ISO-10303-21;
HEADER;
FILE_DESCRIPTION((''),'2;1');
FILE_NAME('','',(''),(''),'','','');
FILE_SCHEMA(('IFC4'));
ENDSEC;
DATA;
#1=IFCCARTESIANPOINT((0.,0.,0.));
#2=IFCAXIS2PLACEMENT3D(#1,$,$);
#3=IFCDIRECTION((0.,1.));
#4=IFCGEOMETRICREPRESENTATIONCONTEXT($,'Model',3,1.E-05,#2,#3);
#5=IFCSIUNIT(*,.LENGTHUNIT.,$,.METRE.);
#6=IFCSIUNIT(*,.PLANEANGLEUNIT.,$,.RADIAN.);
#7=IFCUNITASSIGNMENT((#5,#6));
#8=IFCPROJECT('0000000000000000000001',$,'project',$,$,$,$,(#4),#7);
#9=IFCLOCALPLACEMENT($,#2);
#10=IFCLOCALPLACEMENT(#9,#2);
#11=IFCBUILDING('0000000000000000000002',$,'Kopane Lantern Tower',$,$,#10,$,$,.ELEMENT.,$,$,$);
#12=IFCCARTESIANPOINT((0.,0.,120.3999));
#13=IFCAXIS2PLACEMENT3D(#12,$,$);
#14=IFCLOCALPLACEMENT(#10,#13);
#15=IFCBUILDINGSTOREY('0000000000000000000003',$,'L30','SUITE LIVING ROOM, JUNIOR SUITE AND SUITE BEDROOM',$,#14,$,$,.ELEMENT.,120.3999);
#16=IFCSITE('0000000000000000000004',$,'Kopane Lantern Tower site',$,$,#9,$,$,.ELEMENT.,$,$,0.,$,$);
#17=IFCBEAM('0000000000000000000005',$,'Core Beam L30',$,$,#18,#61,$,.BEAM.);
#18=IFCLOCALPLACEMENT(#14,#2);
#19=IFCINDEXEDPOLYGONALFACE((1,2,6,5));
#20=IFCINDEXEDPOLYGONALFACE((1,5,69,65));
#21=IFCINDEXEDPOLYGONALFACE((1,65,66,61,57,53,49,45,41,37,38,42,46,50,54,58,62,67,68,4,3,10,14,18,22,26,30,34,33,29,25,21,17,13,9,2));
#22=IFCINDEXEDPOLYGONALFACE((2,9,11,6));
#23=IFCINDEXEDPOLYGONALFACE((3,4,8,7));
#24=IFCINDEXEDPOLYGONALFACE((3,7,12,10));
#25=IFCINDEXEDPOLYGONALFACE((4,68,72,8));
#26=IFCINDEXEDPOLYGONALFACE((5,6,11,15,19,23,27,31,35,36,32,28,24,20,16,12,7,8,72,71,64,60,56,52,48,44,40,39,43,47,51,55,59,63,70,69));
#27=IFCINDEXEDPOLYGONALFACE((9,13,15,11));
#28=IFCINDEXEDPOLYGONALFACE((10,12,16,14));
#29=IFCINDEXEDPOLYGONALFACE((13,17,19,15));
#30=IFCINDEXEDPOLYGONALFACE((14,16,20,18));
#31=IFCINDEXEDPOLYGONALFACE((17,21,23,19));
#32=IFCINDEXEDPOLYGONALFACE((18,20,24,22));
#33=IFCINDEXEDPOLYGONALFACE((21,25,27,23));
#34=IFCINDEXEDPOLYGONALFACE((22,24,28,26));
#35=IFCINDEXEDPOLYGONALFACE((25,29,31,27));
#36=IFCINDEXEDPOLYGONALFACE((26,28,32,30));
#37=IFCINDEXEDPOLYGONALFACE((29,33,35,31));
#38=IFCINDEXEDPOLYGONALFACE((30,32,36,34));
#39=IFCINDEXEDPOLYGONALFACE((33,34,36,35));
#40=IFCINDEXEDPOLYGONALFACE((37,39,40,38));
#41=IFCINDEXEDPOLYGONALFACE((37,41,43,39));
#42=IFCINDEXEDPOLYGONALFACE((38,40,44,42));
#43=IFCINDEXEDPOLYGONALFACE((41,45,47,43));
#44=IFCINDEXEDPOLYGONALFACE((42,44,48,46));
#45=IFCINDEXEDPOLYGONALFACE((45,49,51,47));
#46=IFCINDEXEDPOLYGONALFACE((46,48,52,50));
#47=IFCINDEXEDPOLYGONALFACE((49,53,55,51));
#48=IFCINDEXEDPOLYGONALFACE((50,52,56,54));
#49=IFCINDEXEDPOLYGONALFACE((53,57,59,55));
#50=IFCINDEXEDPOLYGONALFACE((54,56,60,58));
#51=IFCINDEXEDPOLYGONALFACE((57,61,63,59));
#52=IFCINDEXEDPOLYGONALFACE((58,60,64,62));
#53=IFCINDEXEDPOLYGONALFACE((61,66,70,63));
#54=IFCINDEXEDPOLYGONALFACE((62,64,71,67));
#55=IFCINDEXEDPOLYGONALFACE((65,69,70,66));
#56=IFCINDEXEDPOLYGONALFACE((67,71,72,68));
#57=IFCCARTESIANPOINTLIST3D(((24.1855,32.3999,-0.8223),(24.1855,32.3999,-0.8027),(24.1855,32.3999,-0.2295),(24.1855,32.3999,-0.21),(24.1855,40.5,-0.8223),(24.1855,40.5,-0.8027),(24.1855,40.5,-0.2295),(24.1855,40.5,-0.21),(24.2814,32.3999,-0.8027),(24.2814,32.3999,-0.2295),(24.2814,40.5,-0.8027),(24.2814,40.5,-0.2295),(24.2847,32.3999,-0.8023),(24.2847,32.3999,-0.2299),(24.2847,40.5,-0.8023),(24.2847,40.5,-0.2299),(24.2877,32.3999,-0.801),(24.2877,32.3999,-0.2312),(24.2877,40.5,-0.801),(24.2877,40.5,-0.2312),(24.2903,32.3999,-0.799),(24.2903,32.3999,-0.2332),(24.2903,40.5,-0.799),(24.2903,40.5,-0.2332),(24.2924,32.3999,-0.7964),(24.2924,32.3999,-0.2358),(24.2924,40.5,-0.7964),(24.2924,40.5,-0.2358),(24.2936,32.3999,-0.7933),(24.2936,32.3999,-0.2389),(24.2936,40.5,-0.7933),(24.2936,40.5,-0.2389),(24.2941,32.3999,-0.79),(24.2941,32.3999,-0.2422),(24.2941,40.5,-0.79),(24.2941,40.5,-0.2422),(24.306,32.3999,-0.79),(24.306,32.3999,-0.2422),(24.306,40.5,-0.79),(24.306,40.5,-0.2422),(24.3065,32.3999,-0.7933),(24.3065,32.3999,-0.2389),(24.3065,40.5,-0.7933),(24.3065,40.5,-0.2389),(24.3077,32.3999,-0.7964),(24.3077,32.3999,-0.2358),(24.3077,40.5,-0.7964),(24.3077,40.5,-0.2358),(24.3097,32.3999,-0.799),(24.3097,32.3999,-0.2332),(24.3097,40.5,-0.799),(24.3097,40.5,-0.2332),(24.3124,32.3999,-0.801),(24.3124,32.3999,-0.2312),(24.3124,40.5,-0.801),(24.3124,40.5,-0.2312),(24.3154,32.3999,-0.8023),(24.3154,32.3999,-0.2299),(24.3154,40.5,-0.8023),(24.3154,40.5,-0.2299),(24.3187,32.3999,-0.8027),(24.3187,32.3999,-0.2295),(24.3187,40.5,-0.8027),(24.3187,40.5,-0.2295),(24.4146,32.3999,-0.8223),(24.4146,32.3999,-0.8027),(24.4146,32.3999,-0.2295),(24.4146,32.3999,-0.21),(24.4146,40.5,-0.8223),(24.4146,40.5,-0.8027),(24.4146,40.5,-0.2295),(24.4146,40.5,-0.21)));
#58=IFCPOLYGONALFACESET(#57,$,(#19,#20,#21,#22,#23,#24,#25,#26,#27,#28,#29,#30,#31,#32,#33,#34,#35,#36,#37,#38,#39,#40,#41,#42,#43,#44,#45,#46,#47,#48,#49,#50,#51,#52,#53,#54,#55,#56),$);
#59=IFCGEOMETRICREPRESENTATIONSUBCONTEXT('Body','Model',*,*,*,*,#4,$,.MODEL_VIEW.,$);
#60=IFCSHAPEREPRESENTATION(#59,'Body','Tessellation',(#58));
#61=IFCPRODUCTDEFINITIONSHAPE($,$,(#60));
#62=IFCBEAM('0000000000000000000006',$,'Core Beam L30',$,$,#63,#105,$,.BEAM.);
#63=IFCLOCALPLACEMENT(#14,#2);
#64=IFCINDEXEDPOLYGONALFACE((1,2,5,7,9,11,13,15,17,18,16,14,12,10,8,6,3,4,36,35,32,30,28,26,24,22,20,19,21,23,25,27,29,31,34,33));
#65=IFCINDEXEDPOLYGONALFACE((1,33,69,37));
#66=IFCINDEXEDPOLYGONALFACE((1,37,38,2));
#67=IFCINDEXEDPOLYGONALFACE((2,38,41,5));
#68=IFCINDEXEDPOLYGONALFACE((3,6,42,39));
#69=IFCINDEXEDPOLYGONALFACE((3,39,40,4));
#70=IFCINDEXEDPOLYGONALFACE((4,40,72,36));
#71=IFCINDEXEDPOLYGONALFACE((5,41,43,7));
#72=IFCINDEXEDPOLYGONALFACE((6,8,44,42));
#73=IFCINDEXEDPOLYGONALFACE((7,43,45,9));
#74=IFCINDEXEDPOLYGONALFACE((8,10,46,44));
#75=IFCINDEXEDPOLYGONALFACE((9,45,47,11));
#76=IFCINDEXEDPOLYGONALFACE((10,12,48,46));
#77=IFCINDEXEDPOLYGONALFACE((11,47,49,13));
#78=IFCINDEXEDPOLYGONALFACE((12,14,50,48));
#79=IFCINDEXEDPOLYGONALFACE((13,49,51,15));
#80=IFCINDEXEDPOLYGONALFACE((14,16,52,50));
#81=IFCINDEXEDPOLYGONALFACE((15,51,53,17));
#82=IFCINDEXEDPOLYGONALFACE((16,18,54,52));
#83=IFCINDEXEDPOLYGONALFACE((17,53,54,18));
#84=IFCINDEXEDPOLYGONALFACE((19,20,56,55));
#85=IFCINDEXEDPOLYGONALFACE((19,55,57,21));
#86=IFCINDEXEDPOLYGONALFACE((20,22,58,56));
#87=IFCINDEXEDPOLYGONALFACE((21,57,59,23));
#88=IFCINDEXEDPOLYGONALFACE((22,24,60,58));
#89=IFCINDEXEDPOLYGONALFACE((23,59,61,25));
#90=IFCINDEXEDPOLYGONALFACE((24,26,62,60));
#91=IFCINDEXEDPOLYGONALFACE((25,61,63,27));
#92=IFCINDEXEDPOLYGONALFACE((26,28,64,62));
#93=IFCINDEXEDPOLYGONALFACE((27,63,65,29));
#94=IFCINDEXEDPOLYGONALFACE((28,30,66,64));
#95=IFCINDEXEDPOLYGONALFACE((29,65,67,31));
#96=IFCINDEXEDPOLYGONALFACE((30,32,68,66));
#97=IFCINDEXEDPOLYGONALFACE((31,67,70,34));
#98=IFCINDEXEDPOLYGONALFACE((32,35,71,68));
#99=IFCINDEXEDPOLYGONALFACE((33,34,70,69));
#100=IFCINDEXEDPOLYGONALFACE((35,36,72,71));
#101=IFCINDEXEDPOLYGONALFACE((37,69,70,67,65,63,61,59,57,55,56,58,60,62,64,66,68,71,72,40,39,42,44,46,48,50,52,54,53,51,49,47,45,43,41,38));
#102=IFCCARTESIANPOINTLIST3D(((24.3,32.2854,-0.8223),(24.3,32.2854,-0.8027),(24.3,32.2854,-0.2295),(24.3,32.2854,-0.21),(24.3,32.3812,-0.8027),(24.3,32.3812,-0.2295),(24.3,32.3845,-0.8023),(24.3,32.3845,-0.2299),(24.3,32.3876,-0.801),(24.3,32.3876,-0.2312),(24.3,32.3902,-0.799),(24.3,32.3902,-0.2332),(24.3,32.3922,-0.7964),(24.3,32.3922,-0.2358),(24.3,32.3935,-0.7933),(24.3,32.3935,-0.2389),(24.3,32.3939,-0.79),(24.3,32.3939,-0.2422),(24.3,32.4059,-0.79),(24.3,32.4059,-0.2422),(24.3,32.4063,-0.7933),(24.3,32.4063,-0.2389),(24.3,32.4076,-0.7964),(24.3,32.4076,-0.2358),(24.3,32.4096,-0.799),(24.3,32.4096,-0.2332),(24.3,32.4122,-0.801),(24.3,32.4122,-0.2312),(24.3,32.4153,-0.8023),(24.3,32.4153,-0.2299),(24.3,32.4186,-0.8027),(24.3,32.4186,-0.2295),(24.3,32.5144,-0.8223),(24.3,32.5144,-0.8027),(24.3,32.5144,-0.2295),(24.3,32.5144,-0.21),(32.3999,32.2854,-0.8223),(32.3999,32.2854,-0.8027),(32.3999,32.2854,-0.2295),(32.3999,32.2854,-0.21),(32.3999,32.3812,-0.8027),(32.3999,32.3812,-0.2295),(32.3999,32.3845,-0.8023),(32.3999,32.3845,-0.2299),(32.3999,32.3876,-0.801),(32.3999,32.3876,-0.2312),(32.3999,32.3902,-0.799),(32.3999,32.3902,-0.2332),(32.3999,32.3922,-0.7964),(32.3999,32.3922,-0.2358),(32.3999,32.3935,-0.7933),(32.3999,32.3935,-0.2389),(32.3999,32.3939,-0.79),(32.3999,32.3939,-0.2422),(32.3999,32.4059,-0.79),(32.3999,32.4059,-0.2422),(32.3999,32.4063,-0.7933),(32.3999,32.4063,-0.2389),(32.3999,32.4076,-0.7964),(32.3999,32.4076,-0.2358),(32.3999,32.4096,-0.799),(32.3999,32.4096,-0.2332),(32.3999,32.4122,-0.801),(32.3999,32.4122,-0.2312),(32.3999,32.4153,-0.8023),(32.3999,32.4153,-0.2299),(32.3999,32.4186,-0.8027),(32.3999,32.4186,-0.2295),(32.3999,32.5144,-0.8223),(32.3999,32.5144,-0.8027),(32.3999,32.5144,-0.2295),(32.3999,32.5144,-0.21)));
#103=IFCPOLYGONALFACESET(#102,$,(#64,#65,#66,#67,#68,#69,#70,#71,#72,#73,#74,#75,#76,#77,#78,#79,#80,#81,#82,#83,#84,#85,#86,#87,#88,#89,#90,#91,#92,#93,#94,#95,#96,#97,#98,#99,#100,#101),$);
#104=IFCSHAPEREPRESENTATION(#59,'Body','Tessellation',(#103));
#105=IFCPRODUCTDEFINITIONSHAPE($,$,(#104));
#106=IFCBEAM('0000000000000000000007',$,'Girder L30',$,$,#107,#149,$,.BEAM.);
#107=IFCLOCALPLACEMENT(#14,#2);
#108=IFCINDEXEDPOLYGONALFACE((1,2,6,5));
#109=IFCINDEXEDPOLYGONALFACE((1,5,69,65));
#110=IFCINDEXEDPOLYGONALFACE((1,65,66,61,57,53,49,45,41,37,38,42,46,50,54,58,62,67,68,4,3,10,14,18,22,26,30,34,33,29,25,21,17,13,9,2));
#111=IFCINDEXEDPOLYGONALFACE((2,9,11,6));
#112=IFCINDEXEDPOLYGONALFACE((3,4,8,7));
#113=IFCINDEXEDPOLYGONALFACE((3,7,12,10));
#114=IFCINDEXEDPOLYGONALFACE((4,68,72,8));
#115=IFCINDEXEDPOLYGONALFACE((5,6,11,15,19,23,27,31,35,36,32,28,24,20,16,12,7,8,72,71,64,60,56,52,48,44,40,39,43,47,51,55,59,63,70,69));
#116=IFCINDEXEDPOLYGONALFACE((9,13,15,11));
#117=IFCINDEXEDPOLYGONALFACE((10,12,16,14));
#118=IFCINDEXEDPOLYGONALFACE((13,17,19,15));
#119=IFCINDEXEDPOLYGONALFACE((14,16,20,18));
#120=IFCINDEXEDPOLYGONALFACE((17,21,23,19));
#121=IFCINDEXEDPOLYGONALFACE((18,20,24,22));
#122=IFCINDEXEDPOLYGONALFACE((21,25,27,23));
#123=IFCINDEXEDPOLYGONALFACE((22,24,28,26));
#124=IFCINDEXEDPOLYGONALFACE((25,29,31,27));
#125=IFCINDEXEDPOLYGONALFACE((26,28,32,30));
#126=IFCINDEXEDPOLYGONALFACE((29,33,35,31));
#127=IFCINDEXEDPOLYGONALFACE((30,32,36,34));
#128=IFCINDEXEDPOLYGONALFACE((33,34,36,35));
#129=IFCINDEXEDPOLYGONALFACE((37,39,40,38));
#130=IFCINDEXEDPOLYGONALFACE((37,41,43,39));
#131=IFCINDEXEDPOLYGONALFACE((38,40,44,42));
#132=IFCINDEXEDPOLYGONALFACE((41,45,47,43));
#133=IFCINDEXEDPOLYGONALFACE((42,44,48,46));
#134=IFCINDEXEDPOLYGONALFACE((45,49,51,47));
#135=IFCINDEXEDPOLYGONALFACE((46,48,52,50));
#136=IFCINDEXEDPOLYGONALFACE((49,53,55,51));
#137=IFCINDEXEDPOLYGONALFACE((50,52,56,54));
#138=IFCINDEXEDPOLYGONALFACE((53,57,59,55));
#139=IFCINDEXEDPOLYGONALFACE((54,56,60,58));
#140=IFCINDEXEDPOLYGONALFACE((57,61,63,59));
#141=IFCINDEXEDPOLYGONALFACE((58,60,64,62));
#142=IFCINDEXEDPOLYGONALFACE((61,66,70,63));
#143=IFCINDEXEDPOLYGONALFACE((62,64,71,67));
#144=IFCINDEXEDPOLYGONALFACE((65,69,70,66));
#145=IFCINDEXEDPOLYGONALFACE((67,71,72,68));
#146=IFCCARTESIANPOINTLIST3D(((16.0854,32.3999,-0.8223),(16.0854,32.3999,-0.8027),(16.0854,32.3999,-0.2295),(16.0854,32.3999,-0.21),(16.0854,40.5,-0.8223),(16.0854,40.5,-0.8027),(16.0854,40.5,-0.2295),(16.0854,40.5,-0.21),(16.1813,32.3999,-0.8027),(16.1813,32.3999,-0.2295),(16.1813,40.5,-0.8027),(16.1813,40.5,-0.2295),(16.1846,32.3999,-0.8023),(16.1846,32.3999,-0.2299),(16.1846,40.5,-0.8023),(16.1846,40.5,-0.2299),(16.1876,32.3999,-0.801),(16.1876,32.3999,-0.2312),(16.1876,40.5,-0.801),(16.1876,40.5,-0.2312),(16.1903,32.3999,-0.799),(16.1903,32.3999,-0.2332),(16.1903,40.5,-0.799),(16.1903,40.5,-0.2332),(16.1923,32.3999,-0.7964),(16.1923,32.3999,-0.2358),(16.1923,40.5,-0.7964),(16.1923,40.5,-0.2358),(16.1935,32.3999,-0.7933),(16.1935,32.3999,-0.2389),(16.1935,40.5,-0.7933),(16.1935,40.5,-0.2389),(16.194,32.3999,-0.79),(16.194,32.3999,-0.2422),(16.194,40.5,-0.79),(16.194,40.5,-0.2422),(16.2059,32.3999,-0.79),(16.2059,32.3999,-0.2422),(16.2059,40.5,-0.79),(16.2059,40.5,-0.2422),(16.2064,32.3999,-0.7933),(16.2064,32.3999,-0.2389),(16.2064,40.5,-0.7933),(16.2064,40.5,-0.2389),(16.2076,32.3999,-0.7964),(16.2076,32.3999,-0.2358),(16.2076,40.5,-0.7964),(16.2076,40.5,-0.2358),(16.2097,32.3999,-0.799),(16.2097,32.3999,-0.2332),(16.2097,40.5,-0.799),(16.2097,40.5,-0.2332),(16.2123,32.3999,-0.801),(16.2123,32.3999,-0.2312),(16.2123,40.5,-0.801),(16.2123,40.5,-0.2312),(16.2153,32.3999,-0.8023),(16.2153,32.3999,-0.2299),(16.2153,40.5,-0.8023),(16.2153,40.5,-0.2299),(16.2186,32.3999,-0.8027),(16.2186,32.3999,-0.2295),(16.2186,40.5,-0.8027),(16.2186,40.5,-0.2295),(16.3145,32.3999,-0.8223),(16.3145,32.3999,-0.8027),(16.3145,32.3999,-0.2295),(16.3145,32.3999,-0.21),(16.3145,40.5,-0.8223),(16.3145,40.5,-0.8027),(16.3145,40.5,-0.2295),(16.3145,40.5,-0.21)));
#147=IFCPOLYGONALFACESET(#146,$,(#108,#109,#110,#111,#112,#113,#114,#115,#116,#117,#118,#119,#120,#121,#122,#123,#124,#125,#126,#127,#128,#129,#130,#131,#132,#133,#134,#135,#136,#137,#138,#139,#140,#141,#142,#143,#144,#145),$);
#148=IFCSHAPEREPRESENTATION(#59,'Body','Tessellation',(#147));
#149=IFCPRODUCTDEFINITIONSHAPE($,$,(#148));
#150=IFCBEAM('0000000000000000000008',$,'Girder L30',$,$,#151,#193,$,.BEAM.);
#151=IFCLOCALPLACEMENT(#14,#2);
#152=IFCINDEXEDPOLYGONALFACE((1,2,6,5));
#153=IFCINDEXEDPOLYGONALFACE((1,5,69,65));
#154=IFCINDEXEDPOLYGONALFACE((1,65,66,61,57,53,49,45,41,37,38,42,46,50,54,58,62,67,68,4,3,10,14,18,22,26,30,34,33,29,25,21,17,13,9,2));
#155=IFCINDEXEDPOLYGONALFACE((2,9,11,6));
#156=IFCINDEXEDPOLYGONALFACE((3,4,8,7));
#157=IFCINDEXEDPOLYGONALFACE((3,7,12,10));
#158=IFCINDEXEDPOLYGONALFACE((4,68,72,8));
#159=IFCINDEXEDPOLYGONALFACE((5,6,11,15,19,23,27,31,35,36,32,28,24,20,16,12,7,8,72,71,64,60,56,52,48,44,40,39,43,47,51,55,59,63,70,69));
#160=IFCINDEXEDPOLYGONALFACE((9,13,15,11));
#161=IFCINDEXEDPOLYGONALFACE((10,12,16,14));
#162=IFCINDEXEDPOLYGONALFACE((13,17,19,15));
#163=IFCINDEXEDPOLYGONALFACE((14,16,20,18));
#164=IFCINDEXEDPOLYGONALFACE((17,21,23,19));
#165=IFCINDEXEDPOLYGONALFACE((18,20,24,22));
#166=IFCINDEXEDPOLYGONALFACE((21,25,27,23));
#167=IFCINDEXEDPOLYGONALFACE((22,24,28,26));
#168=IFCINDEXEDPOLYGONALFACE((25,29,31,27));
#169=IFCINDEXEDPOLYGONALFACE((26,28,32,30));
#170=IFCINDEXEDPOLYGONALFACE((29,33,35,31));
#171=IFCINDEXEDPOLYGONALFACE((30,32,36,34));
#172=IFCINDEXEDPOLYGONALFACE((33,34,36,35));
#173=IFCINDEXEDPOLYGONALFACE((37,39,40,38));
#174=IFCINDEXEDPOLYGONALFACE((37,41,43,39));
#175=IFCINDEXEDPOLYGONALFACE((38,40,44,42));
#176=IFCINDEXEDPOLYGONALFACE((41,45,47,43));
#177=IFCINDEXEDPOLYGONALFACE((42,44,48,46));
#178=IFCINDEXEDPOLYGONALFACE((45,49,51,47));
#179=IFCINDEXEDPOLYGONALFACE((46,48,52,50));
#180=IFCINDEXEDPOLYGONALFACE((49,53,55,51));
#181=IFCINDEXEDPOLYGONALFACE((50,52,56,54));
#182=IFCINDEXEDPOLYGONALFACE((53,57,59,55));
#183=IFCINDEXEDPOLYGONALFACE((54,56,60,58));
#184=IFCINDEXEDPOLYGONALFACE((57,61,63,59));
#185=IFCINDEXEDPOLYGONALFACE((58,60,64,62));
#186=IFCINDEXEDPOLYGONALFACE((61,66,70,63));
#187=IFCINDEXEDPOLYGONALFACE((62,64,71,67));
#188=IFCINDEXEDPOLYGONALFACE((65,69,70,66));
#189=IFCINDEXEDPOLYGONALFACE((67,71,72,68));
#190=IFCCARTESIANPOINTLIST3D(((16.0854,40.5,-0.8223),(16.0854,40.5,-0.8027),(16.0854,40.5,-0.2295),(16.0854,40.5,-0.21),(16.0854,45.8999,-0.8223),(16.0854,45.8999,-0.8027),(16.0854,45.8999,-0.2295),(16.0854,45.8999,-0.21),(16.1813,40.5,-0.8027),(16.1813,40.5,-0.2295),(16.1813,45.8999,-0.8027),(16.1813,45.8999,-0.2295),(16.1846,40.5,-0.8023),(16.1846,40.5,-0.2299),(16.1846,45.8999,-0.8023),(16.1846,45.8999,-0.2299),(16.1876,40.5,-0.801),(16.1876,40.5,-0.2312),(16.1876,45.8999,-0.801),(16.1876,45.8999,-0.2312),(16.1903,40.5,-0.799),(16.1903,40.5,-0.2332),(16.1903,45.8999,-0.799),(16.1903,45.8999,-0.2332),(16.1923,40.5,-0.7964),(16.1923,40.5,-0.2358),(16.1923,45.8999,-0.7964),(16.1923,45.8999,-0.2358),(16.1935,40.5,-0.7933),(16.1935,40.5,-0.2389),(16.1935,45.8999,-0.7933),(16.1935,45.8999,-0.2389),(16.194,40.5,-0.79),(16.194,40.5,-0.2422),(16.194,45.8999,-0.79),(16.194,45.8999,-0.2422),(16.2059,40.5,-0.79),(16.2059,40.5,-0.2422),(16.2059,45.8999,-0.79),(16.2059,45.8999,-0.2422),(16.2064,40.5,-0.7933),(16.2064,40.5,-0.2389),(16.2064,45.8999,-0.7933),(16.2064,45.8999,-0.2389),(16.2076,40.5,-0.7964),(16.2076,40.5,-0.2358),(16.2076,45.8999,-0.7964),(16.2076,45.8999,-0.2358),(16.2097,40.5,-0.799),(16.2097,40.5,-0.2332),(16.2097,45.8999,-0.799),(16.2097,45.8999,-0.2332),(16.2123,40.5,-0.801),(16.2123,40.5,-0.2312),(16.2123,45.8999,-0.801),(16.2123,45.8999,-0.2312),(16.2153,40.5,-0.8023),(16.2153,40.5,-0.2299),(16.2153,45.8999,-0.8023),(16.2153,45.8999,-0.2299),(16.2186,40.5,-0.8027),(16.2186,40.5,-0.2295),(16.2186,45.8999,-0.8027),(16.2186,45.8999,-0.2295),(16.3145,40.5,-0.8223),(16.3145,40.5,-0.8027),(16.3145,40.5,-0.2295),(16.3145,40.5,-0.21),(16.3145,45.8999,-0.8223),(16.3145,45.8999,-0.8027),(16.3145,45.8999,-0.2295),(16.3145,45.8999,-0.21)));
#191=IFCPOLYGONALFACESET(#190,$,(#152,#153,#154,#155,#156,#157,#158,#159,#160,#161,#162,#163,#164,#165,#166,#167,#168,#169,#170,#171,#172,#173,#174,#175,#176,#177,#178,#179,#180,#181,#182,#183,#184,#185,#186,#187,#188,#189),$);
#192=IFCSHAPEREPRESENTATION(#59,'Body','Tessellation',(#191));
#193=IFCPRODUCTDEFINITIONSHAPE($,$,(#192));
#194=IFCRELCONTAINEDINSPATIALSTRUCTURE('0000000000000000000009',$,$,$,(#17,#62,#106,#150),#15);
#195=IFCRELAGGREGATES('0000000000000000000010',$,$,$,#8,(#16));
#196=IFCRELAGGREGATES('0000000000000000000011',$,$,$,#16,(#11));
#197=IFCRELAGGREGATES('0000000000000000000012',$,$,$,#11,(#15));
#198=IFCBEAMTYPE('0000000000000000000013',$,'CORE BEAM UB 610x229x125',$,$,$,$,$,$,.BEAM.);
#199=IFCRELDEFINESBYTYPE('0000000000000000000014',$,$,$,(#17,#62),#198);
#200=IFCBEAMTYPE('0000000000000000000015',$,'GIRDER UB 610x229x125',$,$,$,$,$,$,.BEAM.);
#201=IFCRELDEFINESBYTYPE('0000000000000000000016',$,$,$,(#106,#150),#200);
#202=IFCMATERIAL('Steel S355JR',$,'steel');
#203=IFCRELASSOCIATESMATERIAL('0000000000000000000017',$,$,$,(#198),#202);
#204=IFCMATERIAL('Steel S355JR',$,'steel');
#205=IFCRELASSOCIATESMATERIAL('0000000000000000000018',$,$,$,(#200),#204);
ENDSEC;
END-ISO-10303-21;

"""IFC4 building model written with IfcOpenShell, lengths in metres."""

from ifc_helpers import new_model, si_unit, direction, frame, origin, origin_2d, place, context, subcontext, project, spatial, i_section, extrude, material, material_profile, profile_set, type_object, element, save


model = new_model("IFC4")

# Units and contexts
model_context = context("Model", 3, precision=1e-05, world=origin(), true_north=direction((0.0, 1.0)))
body_context = subcontext(model_context, "Body", "Model", "MODEL_VIEW")
ifc_project = project(units=[si_unit("LENGTHUNIT", "METRE"), si_unit("PLANEANGLEUNIT", "RADIAN")], contexts=[model_context])

# Site, building, storey
site_placement = place(None, origin())
site = spatial("IfcSite", under=ifc_project, at=site_placement, Name="Kopane Lantern Tower site", CompositionType="ELEMENT", RefElevation=0.0)
building_placement = place(site_placement, origin())
building = spatial("IfcBuilding", under=site, at=building_placement, Name="Kopane Lantern Tower", CompositionType="ELEMENT")
storey_placement = place(building_placement, frame((0.0, 0.0, 120.3999)))
storey = spatial("IfcBuildingStorey", under=building, at=storey_placement, Name="L30", Description="SUITE LIVING ROOM, JUNIOR SUITE AND SUITE BEDROOM", CompositionType="ELEMENT", Elevation=120.3999)

# Beams
ifc_material_1 = material(Name="Steel S355JR", Category="steel")
ifc_material_profile_1 = material_profile(ifc_material_1, i_section(OverallWidth=0.229, OverallDepth=0.6123, WebThickness=0.012, FlangeThickness=0.0195, FilletRadius=0.0127, at=origin_2d()), Name="UB 610x229x125")
ifc_profile_set_1 = profile_set([ifc_material_profile_1], Name="Steel S355JR")
beam_type_1 = type_object("IfcBeamType", Name="CORE BEAM UB 610x229x125", PredefinedType="BEAM", material=ifc_profile_set_1)
for number, where, z_axis, x_axis, name in (
    (1, (24.3, 32.3999, -0.5161), (0.0, 1.0, 0.0), (-1.0, 0.0, 0.0), "Core Beam L30"),
):
    element("IfcBeam", number, at=place(storey_placement, frame(where, z_axis=z_axis, x_axis=x_axis)), inside=storey, type_object=beam_type_1, Name=name, PredefinedType="BEAM", context=body_context, shape_type="SweptSolid", body=[
        extrude(i_section(OverallWidth=0.229, OverallDepth=0.6123, WebThickness=0.012, FlangeThickness=0.0195, FilletRadius=0.0127, at=origin_2d()), origin(), (0.0, 0.0, 1.0), 8.1001),
    ])
beam_1_placement = place(storey_placement, frame((24.3, 32.3999, -0.5161), z_axis=(1.0, 0.0, 0.0), x_axis=(0.0, 1.0, 0.0)))
element("IfcBeam", 2, at=beam_1_placement, inside=storey, type_object=beam_type_1, Name="Core Beam L30", PredefinedType="BEAM", context=body_context, shape_type="SweptSolid", body=[
    extrude(i_section(OverallWidth=0.229, OverallDepth=0.6123, WebThickness=0.012, FlangeThickness=0.0195, FilletRadius=0.0127, at=origin_2d()), origin(), (0.0, 0.0, 1.0), 8.0999),
])
ifc_material_2 = material(Name="Steel S355JR", Category="steel")
ifc_material_profile_2 = material_profile(ifc_material_2, i_section(OverallWidth=0.229, OverallDepth=0.6123, WebThickness=0.012, FlangeThickness=0.0195, FilletRadius=0.0127, at=origin_2d()), Name="UB 610x229x125")
ifc_profile_set_2 = profile_set([ifc_material_profile_2], Name="Steel S355JR")
beam_type_2 = type_object("IfcBeamType", Name="GIRDER UB 610x229x125", PredefinedType="BEAM", material=ifc_profile_set_2)
beam_2_placement = place(storey_placement, frame((16.2, 32.3999, -0.5161), z_axis=(0.0, 1.0, 0.0), x_axis=(-1.0, 0.0, 0.0)))
element("IfcBeam", 3, at=beam_2_placement, inside=storey, type_object=beam_type_2, Name="Girder L30", PredefinedType="BEAM", context=body_context, shape_type="SweptSolid", body=[
    extrude(i_section(OverallWidth=0.229, OverallDepth=0.6123, WebThickness=0.012, FlangeThickness=0.0195, FilletRadius=0.0127, at=origin_2d()), origin(), (0.0, 0.0, 1.0), 8.1001),
])
beam_3_placement = place(storey_placement, frame((16.2, 40.5, -0.5161), z_axis=(0.0, 1.0, 0.0), x_axis=(-1.0, 0.0, 0.0)))
element("IfcBeam", 4, at=beam_3_placement, inside=storey, type_object=beam_type_2, Name="Girder L30", PredefinedType="BEAM", context=body_context, shape_type="SweptSolid", body=[
    extrude(i_section(OverallWidth=0.229, OverallDepth=0.6123, WebThickness=0.012, FlangeThickness=0.0195, FilletRadius=0.0127, at=origin_2d()), origin(), (0.0, 0.0, 1.0), 5.3999),
])

save(model, "model.ifc")
